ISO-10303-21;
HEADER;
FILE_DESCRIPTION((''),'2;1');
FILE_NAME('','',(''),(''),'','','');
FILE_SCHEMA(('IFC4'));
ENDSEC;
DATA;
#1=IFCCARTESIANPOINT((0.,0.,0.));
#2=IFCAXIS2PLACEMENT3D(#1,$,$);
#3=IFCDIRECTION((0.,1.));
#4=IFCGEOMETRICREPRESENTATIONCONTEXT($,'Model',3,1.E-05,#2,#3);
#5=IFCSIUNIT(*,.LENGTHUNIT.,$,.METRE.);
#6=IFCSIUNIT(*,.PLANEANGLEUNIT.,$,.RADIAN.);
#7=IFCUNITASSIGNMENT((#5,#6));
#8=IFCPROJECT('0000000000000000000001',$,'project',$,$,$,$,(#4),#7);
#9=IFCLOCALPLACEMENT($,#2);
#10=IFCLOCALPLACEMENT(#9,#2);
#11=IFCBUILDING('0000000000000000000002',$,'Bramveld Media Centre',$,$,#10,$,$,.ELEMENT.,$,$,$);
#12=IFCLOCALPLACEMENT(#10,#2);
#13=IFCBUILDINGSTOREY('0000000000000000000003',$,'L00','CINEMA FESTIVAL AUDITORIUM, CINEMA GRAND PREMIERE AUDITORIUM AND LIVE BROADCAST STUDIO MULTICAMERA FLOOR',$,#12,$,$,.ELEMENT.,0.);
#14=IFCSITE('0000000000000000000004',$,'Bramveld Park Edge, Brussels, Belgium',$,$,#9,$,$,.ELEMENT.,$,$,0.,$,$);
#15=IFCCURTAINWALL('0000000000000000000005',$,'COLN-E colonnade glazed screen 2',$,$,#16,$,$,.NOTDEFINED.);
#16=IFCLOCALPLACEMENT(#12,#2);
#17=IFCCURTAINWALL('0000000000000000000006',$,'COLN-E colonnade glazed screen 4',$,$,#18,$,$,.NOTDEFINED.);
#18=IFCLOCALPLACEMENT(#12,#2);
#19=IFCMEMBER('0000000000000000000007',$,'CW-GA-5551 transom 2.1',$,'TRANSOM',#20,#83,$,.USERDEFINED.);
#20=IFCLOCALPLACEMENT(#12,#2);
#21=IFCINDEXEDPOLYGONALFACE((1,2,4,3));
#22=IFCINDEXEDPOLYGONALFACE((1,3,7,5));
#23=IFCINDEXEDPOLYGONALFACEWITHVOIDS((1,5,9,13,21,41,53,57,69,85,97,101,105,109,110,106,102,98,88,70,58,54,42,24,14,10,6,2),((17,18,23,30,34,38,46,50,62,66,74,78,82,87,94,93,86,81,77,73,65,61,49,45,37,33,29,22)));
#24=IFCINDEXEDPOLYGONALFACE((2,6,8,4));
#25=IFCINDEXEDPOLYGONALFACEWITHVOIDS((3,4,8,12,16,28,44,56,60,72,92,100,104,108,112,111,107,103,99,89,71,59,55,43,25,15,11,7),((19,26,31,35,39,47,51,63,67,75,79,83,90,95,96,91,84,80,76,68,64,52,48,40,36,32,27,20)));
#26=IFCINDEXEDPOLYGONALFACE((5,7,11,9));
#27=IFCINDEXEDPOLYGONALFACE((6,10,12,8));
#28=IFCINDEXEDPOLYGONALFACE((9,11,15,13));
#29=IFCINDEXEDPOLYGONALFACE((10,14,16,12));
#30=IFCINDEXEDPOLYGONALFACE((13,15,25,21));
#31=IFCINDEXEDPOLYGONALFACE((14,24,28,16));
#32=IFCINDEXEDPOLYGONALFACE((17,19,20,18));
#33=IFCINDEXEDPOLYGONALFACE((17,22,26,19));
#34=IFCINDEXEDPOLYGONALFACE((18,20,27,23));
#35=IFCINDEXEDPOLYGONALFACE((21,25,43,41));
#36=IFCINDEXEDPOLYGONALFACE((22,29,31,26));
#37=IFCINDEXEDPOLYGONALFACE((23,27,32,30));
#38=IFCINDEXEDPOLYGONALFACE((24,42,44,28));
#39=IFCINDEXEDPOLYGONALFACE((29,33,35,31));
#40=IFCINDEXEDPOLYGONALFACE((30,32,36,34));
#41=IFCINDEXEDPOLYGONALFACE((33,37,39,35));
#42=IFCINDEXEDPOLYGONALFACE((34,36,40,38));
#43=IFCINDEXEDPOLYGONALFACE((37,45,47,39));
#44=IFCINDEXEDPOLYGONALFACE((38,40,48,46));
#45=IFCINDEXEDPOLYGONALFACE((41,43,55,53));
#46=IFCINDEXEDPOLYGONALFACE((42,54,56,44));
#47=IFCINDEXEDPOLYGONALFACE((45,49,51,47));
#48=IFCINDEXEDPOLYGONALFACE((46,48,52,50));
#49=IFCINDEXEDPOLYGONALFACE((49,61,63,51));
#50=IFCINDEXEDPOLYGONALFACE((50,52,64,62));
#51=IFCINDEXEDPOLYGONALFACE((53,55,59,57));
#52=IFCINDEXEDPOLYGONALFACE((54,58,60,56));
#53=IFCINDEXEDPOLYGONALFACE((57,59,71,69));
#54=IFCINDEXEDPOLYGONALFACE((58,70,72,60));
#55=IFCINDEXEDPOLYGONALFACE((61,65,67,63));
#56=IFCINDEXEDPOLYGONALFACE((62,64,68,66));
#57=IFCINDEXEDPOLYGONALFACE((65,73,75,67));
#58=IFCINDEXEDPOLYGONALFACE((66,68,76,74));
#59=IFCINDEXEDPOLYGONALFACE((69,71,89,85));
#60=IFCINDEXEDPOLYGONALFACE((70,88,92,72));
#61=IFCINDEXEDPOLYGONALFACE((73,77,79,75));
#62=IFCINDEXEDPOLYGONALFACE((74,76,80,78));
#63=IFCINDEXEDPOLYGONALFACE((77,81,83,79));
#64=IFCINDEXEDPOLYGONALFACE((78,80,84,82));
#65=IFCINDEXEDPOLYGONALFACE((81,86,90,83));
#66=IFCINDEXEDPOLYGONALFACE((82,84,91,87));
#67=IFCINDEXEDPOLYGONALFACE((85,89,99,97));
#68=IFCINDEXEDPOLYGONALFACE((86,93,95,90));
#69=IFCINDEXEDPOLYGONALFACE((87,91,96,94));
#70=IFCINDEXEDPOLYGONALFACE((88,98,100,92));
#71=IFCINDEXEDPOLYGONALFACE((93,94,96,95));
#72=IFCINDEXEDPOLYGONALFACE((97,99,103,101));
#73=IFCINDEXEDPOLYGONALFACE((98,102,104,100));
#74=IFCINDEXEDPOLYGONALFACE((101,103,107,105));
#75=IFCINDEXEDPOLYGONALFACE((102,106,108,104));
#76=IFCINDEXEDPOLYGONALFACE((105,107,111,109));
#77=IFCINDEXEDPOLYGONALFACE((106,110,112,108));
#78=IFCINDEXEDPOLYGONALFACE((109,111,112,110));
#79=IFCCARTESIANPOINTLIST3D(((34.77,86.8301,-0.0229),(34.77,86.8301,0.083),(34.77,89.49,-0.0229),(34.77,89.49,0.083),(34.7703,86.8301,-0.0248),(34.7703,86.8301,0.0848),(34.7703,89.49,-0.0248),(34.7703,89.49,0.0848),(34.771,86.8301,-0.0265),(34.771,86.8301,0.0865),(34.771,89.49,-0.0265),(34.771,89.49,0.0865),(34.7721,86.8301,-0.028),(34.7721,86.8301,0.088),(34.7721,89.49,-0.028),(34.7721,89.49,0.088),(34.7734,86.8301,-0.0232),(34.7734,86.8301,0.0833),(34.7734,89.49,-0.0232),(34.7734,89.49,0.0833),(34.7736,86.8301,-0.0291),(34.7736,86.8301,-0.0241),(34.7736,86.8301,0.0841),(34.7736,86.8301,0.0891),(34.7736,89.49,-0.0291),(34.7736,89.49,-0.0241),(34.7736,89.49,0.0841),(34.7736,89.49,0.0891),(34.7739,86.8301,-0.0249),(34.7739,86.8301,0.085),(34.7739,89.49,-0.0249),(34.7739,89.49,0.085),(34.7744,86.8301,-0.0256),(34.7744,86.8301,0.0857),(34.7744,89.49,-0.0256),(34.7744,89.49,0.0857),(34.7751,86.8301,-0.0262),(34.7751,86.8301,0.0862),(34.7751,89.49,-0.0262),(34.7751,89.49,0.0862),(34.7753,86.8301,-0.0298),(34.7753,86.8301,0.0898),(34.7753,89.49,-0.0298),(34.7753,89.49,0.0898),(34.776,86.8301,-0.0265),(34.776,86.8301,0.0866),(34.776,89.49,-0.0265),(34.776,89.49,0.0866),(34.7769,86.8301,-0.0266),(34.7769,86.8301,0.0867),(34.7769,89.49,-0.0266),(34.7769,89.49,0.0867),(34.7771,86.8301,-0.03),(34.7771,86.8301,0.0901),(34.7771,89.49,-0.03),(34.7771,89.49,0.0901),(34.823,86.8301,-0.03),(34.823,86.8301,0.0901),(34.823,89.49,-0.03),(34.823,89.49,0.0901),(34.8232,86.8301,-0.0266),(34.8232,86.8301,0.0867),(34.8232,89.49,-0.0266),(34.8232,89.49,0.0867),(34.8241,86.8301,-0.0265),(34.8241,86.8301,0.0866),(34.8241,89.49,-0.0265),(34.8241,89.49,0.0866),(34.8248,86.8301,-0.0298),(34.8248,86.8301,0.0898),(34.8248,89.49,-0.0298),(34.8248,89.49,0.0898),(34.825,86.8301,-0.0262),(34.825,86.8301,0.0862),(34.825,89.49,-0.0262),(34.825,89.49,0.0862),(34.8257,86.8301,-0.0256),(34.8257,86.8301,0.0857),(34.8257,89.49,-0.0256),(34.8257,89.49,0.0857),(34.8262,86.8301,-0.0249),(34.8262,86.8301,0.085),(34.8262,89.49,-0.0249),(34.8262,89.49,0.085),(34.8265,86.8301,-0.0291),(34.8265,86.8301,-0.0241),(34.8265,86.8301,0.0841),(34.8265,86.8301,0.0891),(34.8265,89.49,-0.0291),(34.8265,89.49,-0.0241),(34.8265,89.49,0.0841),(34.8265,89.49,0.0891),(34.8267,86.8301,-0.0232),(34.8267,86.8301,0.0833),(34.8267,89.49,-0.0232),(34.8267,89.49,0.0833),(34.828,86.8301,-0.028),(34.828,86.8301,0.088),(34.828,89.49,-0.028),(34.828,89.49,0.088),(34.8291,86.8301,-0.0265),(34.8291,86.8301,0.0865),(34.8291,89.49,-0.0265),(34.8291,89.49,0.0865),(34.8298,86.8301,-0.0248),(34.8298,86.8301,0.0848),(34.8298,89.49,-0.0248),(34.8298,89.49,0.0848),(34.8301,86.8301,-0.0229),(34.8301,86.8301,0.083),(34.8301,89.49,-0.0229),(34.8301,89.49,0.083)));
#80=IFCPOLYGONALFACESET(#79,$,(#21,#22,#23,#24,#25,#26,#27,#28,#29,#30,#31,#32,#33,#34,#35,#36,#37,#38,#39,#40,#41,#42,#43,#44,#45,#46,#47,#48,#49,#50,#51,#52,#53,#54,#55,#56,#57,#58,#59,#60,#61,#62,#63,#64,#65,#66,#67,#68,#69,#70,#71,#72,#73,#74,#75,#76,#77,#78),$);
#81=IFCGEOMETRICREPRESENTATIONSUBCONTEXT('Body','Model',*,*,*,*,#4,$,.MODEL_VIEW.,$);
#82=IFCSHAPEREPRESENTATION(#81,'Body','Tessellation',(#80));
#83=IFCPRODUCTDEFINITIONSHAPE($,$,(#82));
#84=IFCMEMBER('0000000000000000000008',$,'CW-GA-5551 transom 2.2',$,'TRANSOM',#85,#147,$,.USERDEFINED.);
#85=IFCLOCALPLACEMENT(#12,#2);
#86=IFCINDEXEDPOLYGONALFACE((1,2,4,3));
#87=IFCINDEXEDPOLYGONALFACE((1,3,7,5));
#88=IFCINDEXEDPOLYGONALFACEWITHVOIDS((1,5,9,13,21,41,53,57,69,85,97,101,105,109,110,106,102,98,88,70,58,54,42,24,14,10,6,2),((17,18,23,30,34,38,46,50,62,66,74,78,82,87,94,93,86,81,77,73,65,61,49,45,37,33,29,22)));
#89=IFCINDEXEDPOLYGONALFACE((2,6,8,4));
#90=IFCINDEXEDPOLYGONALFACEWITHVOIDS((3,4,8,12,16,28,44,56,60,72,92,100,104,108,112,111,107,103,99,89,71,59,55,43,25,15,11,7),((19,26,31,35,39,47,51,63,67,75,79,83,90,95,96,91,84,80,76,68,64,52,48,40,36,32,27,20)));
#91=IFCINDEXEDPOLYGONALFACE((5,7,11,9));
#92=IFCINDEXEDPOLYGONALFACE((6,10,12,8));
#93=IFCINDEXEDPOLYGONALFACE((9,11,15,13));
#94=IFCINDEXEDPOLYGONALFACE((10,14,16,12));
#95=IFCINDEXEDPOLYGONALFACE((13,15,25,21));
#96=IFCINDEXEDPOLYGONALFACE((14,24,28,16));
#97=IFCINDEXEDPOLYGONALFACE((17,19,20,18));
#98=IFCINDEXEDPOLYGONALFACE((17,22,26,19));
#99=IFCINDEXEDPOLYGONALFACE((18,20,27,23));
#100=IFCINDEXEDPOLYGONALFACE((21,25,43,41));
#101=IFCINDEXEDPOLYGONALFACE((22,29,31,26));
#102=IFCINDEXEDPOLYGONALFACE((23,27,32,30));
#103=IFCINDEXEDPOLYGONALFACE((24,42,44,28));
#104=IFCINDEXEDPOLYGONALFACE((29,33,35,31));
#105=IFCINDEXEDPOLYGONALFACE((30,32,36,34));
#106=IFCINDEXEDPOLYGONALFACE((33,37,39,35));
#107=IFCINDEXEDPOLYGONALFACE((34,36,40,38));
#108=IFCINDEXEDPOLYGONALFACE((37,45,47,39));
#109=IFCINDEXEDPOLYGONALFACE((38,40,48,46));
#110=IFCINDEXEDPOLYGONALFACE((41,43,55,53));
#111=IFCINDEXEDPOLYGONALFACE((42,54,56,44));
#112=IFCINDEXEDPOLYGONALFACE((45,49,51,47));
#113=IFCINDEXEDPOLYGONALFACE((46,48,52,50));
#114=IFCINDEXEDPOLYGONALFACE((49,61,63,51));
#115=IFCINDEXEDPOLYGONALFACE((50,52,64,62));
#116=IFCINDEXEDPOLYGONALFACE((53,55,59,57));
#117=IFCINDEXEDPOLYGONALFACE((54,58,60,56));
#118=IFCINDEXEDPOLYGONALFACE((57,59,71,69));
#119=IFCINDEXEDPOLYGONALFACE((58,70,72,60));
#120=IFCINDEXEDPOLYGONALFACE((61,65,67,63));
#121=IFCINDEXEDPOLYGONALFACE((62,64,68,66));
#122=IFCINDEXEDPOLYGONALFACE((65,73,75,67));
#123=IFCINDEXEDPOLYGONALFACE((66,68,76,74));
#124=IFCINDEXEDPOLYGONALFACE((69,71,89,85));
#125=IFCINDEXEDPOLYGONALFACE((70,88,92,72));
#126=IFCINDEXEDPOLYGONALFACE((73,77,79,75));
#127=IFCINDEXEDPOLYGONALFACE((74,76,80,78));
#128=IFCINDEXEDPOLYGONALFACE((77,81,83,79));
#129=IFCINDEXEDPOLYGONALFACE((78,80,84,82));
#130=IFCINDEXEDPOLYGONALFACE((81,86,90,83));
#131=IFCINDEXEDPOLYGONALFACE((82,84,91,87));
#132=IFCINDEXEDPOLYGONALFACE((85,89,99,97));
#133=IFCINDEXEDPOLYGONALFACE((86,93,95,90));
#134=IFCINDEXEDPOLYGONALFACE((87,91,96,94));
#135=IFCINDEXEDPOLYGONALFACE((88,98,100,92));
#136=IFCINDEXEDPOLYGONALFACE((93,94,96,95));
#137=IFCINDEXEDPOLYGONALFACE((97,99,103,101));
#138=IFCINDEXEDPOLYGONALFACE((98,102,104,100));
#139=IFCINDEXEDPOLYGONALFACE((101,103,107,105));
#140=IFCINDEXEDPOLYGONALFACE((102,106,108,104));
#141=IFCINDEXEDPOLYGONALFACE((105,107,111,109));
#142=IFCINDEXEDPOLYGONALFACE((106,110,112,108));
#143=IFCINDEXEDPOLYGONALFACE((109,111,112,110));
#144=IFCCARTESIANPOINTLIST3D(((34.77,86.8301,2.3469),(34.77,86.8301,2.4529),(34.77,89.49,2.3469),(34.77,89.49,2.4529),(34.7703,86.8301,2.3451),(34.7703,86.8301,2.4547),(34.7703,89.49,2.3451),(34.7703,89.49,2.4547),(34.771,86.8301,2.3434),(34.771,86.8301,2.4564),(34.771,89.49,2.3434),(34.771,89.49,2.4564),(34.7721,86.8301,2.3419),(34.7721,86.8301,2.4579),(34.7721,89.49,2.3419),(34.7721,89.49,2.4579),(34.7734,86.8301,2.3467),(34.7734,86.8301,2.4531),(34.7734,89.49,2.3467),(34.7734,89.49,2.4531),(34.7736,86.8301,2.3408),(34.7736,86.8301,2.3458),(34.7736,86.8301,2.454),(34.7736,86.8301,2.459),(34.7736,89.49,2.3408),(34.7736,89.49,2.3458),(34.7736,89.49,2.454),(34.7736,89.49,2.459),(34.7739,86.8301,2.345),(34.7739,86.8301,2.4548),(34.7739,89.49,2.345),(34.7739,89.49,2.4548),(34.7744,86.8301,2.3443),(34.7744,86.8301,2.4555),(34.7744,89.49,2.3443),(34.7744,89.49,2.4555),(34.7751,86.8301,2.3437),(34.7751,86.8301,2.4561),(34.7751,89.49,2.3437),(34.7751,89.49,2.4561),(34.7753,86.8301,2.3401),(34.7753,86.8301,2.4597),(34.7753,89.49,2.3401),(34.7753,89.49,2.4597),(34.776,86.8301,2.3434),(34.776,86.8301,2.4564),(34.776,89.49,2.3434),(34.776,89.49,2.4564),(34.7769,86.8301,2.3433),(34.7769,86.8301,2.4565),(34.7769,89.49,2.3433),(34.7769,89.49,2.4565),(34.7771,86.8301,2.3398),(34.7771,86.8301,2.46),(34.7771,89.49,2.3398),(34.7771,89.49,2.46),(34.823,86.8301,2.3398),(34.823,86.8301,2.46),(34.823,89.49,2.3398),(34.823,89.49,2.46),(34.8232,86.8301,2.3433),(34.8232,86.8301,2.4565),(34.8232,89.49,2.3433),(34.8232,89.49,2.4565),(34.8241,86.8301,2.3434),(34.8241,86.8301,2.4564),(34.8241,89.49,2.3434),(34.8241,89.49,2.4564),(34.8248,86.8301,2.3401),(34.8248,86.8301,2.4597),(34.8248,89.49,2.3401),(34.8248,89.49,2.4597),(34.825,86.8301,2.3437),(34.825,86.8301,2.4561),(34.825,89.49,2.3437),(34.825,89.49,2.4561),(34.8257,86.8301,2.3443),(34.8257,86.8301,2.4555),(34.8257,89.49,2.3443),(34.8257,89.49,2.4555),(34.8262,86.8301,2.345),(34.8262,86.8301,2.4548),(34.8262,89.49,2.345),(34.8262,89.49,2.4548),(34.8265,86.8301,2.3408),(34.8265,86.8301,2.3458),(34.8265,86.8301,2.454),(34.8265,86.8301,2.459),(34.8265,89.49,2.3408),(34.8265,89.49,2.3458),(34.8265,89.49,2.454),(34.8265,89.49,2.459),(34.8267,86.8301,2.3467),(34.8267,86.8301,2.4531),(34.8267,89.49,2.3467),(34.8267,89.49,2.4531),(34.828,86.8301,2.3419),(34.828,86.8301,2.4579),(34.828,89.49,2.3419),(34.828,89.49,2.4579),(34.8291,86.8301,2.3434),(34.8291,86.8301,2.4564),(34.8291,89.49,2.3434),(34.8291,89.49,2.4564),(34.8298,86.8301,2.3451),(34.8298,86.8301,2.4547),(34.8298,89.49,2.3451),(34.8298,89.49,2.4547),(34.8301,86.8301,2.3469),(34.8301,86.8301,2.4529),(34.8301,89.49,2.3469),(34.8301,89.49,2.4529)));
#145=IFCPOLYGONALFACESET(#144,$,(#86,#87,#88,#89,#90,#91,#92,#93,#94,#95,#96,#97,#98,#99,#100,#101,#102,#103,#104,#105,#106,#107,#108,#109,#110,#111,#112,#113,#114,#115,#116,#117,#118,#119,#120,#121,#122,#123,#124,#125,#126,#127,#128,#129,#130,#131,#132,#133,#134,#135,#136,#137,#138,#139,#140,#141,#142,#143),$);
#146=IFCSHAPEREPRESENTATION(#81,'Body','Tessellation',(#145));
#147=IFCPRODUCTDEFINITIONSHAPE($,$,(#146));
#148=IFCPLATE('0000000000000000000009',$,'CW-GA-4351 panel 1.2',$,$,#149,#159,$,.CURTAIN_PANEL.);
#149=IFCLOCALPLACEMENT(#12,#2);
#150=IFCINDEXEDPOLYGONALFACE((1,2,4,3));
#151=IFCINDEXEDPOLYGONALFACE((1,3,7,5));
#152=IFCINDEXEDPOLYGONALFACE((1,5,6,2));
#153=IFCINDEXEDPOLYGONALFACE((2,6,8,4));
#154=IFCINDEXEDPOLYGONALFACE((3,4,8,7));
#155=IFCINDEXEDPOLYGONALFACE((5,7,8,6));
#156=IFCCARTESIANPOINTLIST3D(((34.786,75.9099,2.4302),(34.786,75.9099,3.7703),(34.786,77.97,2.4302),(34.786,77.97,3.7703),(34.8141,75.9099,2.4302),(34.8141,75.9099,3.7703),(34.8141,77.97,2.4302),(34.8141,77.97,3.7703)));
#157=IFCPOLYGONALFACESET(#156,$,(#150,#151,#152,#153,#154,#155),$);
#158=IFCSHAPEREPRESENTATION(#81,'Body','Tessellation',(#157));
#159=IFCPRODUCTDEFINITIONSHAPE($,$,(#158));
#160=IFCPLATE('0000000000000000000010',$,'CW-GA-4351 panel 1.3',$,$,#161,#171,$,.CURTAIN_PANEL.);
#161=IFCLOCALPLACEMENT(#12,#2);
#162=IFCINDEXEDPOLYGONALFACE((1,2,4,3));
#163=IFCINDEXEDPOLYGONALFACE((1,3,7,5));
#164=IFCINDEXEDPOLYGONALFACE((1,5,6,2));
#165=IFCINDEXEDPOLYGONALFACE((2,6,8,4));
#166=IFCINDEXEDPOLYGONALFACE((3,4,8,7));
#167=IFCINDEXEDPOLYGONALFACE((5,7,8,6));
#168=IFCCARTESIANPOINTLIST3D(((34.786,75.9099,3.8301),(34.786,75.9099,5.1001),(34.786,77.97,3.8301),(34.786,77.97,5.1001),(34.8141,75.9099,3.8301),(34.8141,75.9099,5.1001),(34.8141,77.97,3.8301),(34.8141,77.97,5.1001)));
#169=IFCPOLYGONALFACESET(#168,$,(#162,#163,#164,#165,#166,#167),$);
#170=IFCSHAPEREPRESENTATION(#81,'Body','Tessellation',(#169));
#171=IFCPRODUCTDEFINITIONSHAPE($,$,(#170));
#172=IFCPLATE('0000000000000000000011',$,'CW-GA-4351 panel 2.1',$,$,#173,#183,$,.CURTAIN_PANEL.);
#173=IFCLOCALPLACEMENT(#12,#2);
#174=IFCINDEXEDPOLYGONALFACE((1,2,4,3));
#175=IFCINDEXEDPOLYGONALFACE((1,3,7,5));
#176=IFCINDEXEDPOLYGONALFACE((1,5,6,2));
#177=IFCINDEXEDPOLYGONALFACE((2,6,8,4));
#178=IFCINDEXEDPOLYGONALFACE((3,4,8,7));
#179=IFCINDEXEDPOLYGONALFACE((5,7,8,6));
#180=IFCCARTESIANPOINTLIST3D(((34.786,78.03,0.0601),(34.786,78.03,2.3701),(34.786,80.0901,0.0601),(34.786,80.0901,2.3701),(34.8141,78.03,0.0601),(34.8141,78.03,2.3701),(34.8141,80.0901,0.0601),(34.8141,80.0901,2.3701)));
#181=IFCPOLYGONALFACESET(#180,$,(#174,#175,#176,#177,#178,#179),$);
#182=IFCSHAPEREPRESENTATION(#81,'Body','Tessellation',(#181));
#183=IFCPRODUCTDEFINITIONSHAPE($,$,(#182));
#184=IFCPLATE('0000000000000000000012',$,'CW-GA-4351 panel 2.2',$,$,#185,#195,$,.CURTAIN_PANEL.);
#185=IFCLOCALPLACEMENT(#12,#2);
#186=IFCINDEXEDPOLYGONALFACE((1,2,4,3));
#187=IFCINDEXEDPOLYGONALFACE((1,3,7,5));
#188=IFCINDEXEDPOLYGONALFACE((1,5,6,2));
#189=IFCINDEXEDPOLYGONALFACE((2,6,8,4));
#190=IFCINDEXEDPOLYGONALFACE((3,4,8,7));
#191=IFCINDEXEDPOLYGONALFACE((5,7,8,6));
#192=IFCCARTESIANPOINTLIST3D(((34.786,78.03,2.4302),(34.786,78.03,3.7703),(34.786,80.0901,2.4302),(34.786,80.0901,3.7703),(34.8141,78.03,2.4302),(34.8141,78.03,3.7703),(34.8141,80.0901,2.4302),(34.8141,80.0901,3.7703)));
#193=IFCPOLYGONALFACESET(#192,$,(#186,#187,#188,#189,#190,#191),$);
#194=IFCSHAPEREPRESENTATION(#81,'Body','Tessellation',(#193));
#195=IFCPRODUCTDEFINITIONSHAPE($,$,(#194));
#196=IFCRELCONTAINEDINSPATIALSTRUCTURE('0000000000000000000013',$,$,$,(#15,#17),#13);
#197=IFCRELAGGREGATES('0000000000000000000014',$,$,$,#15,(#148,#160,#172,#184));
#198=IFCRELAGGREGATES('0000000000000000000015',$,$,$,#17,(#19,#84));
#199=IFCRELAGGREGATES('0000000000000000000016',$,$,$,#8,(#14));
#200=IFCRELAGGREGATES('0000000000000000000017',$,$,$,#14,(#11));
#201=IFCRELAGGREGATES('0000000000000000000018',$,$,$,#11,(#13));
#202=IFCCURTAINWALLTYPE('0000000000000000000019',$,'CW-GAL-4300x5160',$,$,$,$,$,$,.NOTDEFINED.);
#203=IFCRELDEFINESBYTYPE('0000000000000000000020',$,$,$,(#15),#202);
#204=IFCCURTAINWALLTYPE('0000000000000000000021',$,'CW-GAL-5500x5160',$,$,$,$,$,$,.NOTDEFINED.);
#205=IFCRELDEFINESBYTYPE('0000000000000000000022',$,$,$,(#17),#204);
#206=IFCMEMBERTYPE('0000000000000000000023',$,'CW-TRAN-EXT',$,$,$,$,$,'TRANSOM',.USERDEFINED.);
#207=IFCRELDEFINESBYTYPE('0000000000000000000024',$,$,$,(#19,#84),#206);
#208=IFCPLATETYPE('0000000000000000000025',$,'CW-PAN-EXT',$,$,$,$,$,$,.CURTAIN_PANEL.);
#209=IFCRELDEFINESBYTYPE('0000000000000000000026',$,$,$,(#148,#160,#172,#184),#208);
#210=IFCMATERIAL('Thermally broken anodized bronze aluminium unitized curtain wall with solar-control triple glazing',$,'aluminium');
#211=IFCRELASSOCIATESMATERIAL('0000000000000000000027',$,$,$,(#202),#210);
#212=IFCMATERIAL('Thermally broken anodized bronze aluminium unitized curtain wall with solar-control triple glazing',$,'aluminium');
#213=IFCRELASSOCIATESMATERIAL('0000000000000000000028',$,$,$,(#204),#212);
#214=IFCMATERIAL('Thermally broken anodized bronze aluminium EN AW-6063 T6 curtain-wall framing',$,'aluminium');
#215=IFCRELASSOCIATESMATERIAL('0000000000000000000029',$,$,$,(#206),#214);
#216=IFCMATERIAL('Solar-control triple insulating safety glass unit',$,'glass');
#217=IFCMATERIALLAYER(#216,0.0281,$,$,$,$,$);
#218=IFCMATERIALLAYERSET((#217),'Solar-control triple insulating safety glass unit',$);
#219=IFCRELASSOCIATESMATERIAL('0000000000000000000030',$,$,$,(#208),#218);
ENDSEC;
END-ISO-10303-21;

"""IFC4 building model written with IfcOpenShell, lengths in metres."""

from ifc_helpers import new_model, si_unit, direction, frame, origin, origin_2d, place, context, subcontext, project, spatial, rectangle, hollow_rectangle, extrude, material, layer, layer_set, material_profile, profile_set, type_object, element, aggregate, save


model = new_model("IFC4")

# Units and contexts
model_context = context("Model", 3, precision=1e-05, world=origin(), true_north=direction((0.0, 1.0)))
body_context = subcontext(model_context, "Body", "Model", "MODEL_VIEW")
ifc_project = project(units=[si_unit("LENGTHUNIT", "METRE"), si_unit("PLANEANGLEUNIT", "RADIAN")], contexts=[model_context])

# Site, building, storey
site_placement = place(None, origin())
site = spatial("IfcSite", under=ifc_project, at=site_placement, Name="Bramveld Park Edge, Brussels, Belgium", CompositionType="ELEMENT", RefElevation=0.0)
building_placement = place(site_placement, origin())
building = spatial("IfcBuilding", under=site, at=building_placement, Name="Bramveld Media Centre", CompositionType="ELEMENT")
storey_placement = place(building_placement, origin())
storey = spatial("IfcBuildingStorey", under=building, at=storey_placement, Name="L00", Description="CINEMA FESTIVAL AUDITORIUM, CINEMA GRAND PREMIERE AUDITORIUM AND LIVE BROADCAST STUDIO MULTICAMERA FLOOR", CompositionType="ELEMENT", Elevation=0.0)

# Curtain walls
ifc_material_1 = material(Name="Thermally broken anodized bronze aluminium unitized curtain wall with solar-control triple glazing", Category="aluminium")
curtain_wall_type_1 = type_object("IfcCurtainWallType", Name="CW-GAL-4300x5160", PredefinedType="NOTDEFINED", material=ifc_material_1)
curtain_wall_1_placement = place(storey_placement, origin())
curtain_wall_1 = element("IfcCurtainWall", 1, at=curtain_wall_1_placement, inside=storey, type_object=curtain_wall_type_1, Name="COLN-E colonnade glazed screen 2", PredefinedType="NOTDEFINED")
ifc_material_2 = material(Name="Thermally broken anodized bronze aluminium unitized curtain wall with solar-control triple glazing", Category="aluminium")
curtain_wall_type_2 = type_object("IfcCurtainWallType", Name="CW-GAL-5500x5160", PredefinedType="NOTDEFINED", material=ifc_material_2)
curtain_wall_2_placement = place(storey_placement, origin())
curtain_wall_2 = element("IfcCurtainWall", 2, at=curtain_wall_2_placement, inside=storey, type_object=curtain_wall_type_2, Name="COLN-E colonnade glazed screen 4", PredefinedType="NOTDEFINED")

# Members
ifc_material_3 = material(Name="Thermally broken anodized bronze aluminium EN AW-6063 T6 curtain-wall framing", Category="aluminium")
ifc_material_profile_1 = material_profile(ifc_material_3, hollow_rectangle(XDim=0.0601, YDim=0.1201, WallThickness=0.0034, InnerFilletRadius=0.0034, OuterFilletRadius=0.0071, at=origin_2d()), Name="AL-TRAN 60x120")
ifc_profile_set_1 = profile_set([ifc_material_profile_1], Name="Thermally broken anodized bronze aluminium EN AW-6063 T6 curtain-wall framing")
member_type_1 = type_object("IfcMemberType", Name="CW-TRAN-EXT", ElementType="TRANSOM", PredefinedType="USERDEFINED", material=ifc_profile_set_1)
member_1_placement = place(storey_placement, frame((34.8, 86.8301, 0.03), z_axis=(0.0, 1.0, 0.0), x_axis=(-1.0, 0.0, 0.0)))
member_1 = element("IfcMember", 3, at=member_1_placement, type_object=member_type_1, Name="CW-GA-5551 transom 2.1", ObjectType="TRANSOM", PredefinedType="USERDEFINED", context=body_context, shape_type="SweptSolid", body=[
    extrude(hollow_rectangle(XDim=0.0601, YDim=0.1201, WallThickness=0.0034, InnerFilletRadius=0.0034, OuterFilletRadius=0.0071, at=origin_2d()), origin(), (0.0, 0.0, 1.0), 2.6599),
])
member_2_placement = place(storey_placement, frame((34.8, 86.8301, 2.3999), z_axis=(0.0, 1.0, 0.0), x_axis=(-1.0, 0.0, 0.0)))
member_2 = element("IfcMember", 4, at=member_2_placement, type_object=member_type_1, Name="CW-GA-5551 transom 2.2", ObjectType="TRANSOM", PredefinedType="USERDEFINED", context=body_context, shape_type="SweptSolid", body=[
    extrude(hollow_rectangle(XDim=0.0601, YDim=0.1201, WallThickness=0.0034, InnerFilletRadius=0.0034, OuterFilletRadius=0.0071, at=origin_2d()), origin(), (0.0, 0.0, 1.0), 2.6599),
])

# Plates
ifc_material_4 = material(Name="Solar-control triple insulating safety glass unit", Category="glass")
ifc_layer = layer(ifc_material_4, 0.0281)
ifc_layer_set = layer_set([ifc_layer], Name="Solar-control triple insulating safety glass unit")
plate_type = type_object("IfcPlateType", Name="CW-PAN-EXT", PredefinedType="CURTAIN_PANEL", material=ifc_layer_set)
plate_1_placement = place(storey_placement, frame((34.8, 76.9399, 2.4302), z_axis=(0.0, 0.0, 1.0), x_axis=(0.0, 1.0, 0.0)))
plate_1 = element("IfcPlate", 5, at=plate_1_placement, type_object=plate_type, Name="CW-GA-4351 panel 1.2", PredefinedType="CURTAIN_PANEL", context=body_context, shape_type="SweptSolid", body=[
    extrude(rectangle(XDim=2.0601, YDim=0.0281, at=origin_2d()), origin(), (0.0, 0.0, 1.0), 1.3401),
])
plate_2_placement = place(storey_placement, frame((34.8, 76.9399, 3.8301), z_axis=(0.0, 0.0, 1.0), x_axis=(0.0, 1.0, 0.0)))
plate_2 = element("IfcPlate", 6, at=plate_2_placement, type_object=plate_type, Name="CW-GA-4351 panel 1.3", PredefinedType="CURTAIN_PANEL", context=body_context, shape_type="SweptSolid", body=[
    extrude(rectangle(XDim=2.0601, YDim=0.0281, at=origin_2d()), origin(), (0.0, 0.0, 1.0), 1.27),
])
plate_3_placement = place(storey_placement, frame((34.8, 79.0601, 0.0601), z_axis=(0.0, 0.0, 1.0), x_axis=(0.0, 1.0, 0.0)))
plate_3 = element("IfcPlate", 7, at=plate_3_placement, type_object=plate_type, Name="CW-GA-4351 panel 2.1", PredefinedType="CURTAIN_PANEL", context=body_context, shape_type="SweptSolid", body=[
    extrude(rectangle(XDim=2.0601, YDim=0.0281, at=origin_2d()), origin(), (0.0, 0.0, 1.0), 2.3101),
])
plate_4_placement = place(storey_placement, frame((34.8, 79.0601, 2.4302), z_axis=(0.0, 0.0, 1.0), x_axis=(0.0, 1.0, 0.0)))
plate_4 = element("IfcPlate", 8, at=plate_4_placement, type_object=plate_type, Name="CW-GA-4351 panel 2.2", PredefinedType="CURTAIN_PANEL", context=body_context, shape_type="SweptSolid", body=[
    extrude(rectangle(XDim=2.0601, YDim=0.0281, at=origin_2d()), origin(), (0.0, 0.0, 1.0), 1.3401),
])
aggregate(curtain_wall_1, [plate_1, plate_2, plate_3, plate_4])
aggregate(curtain_wall_2, [member_1, member_2])

save(model, "model.ifc")
